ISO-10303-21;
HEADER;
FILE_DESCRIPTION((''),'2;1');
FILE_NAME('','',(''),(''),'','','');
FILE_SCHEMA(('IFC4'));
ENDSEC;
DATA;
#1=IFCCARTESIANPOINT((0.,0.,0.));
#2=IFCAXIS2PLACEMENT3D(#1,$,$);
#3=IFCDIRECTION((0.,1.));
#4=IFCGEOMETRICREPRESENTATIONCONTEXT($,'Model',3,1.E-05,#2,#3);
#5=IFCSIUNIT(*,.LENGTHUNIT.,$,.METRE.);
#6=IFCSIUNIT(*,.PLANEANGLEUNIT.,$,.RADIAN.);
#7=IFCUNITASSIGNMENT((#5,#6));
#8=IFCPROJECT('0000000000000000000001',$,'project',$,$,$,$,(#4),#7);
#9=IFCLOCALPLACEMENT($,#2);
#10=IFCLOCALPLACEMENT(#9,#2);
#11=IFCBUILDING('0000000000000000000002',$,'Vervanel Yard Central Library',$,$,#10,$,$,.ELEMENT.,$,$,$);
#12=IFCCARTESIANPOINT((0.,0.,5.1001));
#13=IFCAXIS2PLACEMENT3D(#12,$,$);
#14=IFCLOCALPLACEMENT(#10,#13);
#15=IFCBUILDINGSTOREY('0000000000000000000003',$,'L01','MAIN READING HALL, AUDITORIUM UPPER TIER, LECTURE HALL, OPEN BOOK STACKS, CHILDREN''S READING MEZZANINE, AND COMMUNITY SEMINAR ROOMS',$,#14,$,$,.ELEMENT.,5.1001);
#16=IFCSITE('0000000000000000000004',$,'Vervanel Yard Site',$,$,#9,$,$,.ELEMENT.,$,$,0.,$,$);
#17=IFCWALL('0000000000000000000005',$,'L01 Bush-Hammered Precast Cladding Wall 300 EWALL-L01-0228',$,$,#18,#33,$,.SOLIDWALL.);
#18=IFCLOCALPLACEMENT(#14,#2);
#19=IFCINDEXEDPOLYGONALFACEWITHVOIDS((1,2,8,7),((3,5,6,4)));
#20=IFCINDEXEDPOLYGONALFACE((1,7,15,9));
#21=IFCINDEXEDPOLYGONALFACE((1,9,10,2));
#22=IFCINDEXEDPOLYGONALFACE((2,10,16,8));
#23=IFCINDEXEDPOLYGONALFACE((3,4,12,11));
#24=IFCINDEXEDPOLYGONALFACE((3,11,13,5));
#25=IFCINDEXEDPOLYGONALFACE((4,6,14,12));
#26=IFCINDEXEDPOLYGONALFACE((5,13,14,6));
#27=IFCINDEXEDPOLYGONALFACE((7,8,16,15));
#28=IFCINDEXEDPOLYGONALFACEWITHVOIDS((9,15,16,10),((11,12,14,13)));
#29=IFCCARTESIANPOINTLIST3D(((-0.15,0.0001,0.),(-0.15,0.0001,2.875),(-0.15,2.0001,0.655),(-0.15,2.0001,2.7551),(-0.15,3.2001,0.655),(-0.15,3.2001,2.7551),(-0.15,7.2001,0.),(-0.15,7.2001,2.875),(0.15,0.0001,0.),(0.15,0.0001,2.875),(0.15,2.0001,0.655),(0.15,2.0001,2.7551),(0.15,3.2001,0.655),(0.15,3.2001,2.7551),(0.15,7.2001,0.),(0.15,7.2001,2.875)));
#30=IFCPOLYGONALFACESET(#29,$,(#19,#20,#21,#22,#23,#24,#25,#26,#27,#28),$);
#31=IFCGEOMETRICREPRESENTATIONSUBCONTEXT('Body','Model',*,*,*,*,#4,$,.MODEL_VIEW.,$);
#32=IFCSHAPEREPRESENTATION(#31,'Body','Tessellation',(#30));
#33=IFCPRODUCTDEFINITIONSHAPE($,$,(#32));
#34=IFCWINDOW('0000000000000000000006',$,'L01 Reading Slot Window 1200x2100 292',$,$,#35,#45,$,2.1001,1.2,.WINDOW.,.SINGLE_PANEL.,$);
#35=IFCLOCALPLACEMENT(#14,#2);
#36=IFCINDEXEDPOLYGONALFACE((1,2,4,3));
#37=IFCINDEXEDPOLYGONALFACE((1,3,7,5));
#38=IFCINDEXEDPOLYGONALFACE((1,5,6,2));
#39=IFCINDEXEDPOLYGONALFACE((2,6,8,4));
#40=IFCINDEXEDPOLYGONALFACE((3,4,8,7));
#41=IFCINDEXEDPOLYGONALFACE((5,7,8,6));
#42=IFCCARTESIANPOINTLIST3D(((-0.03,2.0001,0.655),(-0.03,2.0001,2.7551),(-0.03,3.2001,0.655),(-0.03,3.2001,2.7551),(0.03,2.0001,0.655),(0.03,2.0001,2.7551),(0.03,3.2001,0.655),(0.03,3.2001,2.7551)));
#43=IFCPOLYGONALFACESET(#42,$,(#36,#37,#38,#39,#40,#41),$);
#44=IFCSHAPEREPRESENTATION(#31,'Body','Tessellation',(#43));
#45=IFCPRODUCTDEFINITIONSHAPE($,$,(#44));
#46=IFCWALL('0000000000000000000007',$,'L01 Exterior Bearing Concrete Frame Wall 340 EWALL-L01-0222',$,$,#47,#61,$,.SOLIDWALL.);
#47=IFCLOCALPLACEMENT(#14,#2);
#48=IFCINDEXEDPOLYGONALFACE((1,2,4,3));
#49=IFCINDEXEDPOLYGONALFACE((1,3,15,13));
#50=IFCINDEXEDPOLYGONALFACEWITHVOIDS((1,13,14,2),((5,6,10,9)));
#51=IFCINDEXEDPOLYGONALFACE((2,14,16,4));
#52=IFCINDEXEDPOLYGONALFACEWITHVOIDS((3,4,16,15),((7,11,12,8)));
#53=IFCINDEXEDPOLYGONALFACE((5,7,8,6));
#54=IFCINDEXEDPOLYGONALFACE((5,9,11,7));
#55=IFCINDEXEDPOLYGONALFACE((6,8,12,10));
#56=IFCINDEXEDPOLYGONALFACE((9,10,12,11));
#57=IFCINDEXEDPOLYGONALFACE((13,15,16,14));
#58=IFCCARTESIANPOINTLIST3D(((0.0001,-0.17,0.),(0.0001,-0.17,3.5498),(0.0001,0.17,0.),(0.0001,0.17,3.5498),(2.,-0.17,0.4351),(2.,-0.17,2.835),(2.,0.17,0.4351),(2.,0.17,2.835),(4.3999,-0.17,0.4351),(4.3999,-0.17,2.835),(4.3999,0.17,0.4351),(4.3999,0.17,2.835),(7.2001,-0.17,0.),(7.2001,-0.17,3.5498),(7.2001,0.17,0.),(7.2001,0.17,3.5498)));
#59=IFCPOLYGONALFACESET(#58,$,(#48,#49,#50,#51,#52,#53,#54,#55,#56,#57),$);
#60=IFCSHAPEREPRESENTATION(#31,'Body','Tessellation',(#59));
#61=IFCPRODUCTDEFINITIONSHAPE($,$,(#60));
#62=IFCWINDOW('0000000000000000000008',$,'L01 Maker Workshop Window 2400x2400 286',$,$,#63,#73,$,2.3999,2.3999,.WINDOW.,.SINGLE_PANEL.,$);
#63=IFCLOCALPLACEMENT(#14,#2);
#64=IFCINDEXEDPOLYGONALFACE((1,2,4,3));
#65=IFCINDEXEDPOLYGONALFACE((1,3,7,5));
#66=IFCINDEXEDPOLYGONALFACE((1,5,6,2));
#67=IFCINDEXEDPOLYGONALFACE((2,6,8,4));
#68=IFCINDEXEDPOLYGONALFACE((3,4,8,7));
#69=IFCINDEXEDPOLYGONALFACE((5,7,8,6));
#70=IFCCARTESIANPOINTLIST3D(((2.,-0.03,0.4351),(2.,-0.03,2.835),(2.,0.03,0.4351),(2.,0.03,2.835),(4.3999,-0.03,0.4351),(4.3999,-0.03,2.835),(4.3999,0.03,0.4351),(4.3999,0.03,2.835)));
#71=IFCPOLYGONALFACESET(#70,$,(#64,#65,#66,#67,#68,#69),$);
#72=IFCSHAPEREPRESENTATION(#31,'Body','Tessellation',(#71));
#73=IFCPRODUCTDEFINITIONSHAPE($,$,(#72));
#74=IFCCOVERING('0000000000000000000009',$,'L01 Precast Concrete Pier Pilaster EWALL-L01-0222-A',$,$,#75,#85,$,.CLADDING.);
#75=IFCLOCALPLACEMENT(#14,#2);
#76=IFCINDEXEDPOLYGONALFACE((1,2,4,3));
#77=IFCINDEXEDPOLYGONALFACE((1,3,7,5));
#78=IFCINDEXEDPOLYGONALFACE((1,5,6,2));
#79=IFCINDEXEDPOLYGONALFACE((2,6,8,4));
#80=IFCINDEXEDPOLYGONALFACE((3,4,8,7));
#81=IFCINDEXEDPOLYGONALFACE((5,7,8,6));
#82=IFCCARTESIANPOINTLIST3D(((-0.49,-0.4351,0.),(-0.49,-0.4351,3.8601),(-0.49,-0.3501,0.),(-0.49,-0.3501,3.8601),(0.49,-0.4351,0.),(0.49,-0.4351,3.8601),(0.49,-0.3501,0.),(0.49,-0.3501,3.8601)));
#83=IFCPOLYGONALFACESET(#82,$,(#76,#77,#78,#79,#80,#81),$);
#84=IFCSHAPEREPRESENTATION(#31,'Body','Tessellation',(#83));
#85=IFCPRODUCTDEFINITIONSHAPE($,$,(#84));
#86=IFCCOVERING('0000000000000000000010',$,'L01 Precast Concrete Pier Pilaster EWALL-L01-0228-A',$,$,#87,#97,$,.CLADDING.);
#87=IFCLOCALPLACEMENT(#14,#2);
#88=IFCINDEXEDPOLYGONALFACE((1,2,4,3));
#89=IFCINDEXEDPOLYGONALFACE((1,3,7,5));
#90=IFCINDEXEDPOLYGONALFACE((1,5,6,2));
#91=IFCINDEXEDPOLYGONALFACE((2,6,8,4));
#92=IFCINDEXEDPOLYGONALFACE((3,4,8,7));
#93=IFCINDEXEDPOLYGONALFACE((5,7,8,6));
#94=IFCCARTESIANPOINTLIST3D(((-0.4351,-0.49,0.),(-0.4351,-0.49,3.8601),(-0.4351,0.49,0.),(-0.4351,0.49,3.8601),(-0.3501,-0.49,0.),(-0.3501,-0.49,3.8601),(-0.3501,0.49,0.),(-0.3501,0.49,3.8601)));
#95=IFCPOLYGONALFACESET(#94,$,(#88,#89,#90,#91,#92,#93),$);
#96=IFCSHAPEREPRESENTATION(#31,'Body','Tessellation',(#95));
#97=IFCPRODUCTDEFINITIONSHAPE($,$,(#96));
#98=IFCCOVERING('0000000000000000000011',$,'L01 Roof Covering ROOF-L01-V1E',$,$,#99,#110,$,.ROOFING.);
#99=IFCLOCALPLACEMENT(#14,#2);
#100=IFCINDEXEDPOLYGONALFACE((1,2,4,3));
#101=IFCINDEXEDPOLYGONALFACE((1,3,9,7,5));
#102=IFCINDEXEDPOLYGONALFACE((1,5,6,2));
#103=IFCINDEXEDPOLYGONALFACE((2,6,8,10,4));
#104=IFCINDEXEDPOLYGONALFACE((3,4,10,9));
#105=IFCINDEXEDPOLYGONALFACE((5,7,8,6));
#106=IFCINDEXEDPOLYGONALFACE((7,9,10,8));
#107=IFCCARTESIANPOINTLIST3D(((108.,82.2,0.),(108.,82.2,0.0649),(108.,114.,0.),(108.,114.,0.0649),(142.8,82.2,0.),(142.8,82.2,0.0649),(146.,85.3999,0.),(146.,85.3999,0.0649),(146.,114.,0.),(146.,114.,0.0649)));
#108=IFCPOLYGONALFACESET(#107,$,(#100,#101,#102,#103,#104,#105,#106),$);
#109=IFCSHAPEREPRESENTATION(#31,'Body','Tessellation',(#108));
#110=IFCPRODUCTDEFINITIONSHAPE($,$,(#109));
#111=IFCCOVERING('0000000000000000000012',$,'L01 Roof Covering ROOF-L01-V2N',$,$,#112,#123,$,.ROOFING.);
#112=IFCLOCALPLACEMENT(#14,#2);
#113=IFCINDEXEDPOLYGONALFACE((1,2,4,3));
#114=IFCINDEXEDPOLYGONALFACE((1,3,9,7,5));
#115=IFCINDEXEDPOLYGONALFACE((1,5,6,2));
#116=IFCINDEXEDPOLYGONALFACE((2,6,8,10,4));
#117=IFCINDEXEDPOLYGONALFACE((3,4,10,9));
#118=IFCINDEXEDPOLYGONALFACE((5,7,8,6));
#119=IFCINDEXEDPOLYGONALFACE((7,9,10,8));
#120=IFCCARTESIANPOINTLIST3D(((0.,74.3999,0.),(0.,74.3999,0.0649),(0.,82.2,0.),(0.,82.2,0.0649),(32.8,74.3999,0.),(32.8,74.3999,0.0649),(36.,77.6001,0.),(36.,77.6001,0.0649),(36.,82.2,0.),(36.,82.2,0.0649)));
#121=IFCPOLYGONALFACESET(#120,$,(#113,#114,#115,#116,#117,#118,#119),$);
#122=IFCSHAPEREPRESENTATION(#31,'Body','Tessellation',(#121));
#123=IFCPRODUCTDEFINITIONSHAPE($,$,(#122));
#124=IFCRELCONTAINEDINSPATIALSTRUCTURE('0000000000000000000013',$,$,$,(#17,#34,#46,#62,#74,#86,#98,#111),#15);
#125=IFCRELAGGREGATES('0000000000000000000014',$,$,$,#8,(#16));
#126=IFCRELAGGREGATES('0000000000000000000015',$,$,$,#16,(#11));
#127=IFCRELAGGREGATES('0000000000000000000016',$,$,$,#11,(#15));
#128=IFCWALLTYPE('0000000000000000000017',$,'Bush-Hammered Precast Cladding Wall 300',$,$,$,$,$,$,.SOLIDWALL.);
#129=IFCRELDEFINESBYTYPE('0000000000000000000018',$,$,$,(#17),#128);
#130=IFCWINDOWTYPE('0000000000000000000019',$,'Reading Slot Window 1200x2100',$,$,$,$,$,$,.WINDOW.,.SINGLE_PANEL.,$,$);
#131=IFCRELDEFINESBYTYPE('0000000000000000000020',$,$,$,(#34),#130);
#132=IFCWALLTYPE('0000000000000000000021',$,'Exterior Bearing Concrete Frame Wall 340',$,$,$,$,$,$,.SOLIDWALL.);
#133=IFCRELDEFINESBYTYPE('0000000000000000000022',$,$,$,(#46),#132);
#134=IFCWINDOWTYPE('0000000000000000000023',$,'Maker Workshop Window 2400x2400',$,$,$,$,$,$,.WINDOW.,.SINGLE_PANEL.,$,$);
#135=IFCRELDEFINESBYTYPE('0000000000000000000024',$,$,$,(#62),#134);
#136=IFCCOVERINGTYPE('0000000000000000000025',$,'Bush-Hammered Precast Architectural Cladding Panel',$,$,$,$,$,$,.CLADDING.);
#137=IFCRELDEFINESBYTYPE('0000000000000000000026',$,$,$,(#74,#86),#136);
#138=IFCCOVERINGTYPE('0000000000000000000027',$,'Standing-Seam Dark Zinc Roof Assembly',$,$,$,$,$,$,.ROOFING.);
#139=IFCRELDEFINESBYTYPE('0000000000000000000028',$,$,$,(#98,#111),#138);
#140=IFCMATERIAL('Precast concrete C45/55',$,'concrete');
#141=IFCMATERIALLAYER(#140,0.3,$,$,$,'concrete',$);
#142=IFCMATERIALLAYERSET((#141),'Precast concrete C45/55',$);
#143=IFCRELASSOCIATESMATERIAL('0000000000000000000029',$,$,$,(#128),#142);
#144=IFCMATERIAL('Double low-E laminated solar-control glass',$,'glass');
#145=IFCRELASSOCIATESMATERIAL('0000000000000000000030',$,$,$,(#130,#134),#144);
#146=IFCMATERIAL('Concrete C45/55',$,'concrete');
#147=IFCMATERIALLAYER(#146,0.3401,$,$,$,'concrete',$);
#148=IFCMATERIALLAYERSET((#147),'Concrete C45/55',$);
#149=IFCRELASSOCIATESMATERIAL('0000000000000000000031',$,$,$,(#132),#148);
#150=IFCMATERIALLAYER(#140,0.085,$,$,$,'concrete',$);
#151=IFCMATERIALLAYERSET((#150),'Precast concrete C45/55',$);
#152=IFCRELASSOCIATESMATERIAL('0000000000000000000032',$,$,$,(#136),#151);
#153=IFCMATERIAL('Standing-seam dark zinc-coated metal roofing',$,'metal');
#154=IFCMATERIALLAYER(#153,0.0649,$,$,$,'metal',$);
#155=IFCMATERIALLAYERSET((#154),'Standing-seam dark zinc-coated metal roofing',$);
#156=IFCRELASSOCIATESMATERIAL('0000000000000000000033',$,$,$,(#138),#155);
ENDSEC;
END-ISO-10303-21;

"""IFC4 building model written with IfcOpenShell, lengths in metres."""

from ifc_helpers import new_model, si_unit, direction, frame, frame_2d, origin, origin_with_axes, origin_2d, place, context, subcontext, project, spatial, polyline, rectangle, outline, extrude, material, layer, layer_set, type_object, element, fill, save


model = new_model("IFC4")

# Units and contexts
model_context = context("Model", 3, precision=1e-05, world=origin(), true_north=direction((0.0, 1.0)))
body_context = subcontext(model_context, "Body", "Model", "MODEL_VIEW")
ifc_project = project(units=[si_unit("LENGTHUNIT", "METRE"), si_unit("PLANEANGLEUNIT", "RADIAN")], contexts=[model_context])

# Site, building, storey
site_placement = place(None, origin())
site = spatial("IfcSite", under=ifc_project, at=site_placement, Name="Vervanel Yard Site", CompositionType="ELEMENT", RefElevation=0.0)
building_placement = place(site_placement, origin())
building = spatial("IfcBuilding", under=site, at=building_placement, Name="Vervanel Yard Central Library", CompositionType="ELEMENT")
storey_placement = place(building_placement, frame((0.0, 0.0, 5.1001)))
storey = spatial("IfcBuildingStorey", under=building, at=storey_placement, Name="L01", Description="MAIN READING HALL, AUDITORIUM UPPER TIER, LECTURE HALL, OPEN BOOK STACKS, CHILDREN'S READING MEZZANINE, AND COMMUNITY SEMINAR ROOMS", CompositionType="ELEMENT", Elevation=5.1001)

# Shared definitions
ifc_material_1 = material(Name="Concrete C45/55", Category="concrete")

# Shared definitions
ifc_material_2 = material(Name="Double low-E laminated solar-control glass", Category="glass")

# Walls, openings, windows
ifc_material_3 = material(Name="Precast concrete C45/55", Category="concrete")
ifc_layer_1 = layer(ifc_material_3, 0.3, Category="concrete")
ifc_layer_set_1 = layer_set([ifc_layer_1], Name="Precast concrete C45/55")
wall_type_1 = type_object("IfcWallType", Name="Bush-Hammered Precast Cladding Wall 300", PredefinedType="SOLIDWALL", material=ifc_layer_set_1)
wall_1_placement = place(storey_placement, frame((0.0, 0.0, 0.0), z_axis=(0.0, 0.0, 1.0), x_axis=(0.0, 1.0, 0.0)))
wall_1 = element("IfcWall", 1, at=wall_1_placement, inside=storey, type_object=wall_type_1, Name="L01 Bush-Hammered Precast Cladding Wall 300 EWALL-L01-0228", PredefinedType="SOLIDWALL", context=body_context, shape_type="SweptSolid", body=[
    extrude(rectangle(XDim=7.2, YDim=0.3, at=frame_2d((3.6001, 0.0))), origin(), (0.0, 0.0, 1.0), 2.875),
])
opening_1_placement = place(wall_1_placement, frame((2.0, 0.0, 0.655)))
opening_1 = element("IfcOpeningElement", 2, at=opening_1_placement, cuts=wall_1, PredefinedType="OPENING", context=body_context, shape_type="SweptSolid", body=[
    extrude(rectangle(XDim=1.2, YDim=2.1001, at=frame_2d((0.6001, 1.05))), frame((0.0, 0.1599, 0.0), z_axis=(0.0, -1.0, 0.0), x_axis=(1.0, 0.0, 0.0)), (0.0, 0.0, 1.0), 0.3201),
])
window_type_1 = type_object("IfcWindowType", Name="Reading Slot Window 1200x2100", PartitioningType="SINGLE_PANEL", PredefinedType="WINDOW", material=ifc_material_2)
window_1_placement = place(opening_1_placement, origin())
window_1 = element("IfcWindow", 3, at=window_1_placement, inside=storey, type_object=window_type_1, Name="L01 Reading Slot Window 1200x2100 292", OverallHeight=2.1001, OverallWidth=1.2, PartitioningType="SINGLE_PANEL", PredefinedType="WINDOW", context=body_context, shape_type="SweptSolid", body=[
    extrude(rectangle(XDim=1.2, YDim=2.1001, at=frame_2d((0.6001, 1.05))), frame((0.0, 0.03, 0.0), z_axis=(0.0, -1.0, 0.0), x_axis=(1.0, 0.0, 0.0)), (0.0, 0.0, 1.0), 0.0601),
])
fill(opening_1, window_1)
ifc_layer_2 = layer(ifc_material_1, 0.3401, Category="concrete")
ifc_layer_set_2 = layer_set([ifc_layer_2], Name="Concrete C45/55")
wall_type_2 = type_object("IfcWallType", Name="Exterior Bearing Concrete Frame Wall 340", PredefinedType="SOLIDWALL", material=ifc_layer_set_2)
wall_2_placement = place(storey_placement, origin_with_axes())
wall_2 = element("IfcWall", 4, at=wall_2_placement, inside=storey, type_object=wall_type_2, Name="L01 Exterior Bearing Concrete Frame Wall 340 EWALL-L01-0222", PredefinedType="SOLIDWALL", context=body_context, shape_type="SweptSolid", body=[
    extrude(rectangle(XDim=7.2, YDim=0.3401, at=frame_2d((3.6001, 0.0))), origin(), (0.0, 0.0, 1.0), 3.5498),
])
opening_2_placement = place(wall_2_placement, frame((2.0, 0.0, 0.4351)))
opening_2 = element("IfcOpeningElement", 5, at=opening_2_placement, cuts=wall_2, PredefinedType="OPENING", context=body_context, shape_type="SweptSolid", body=[
    extrude(rectangle(XDim=2.3999, YDim=2.3999, at=frame_2d((1.2, 1.2))), frame((0.0, 0.1799, 0.0), z_axis=(0.0, -1.0, 0.0), x_axis=(1.0, 0.0, 0.0)), (0.0, 0.0, 1.0), 0.3601),
])
window_type_2 = type_object("IfcWindowType", Name="Maker Workshop Window 2400x2400", PartitioningType="SINGLE_PANEL", PredefinedType="WINDOW", material=ifc_material_2)
window_2_placement = place(opening_2_placement, origin())
window_2 = element("IfcWindow", 6, at=window_2_placement, inside=storey, type_object=window_type_2, Name="L01 Maker Workshop Window 2400x2400 286", OverallHeight=2.3999, OverallWidth=2.3999, PartitioningType="SINGLE_PANEL", PredefinedType="WINDOW", context=body_context, shape_type="SweptSolid", body=[
    extrude(rectangle(XDim=2.3999, YDim=2.3999, at=frame_2d((1.2, 1.2))), frame((0.0, 0.03, 0.0), z_axis=(0.0, -1.0, 0.0), x_axis=(1.0, 0.0, 0.0)), (0.0, 0.0, 1.0), 0.0601),
])
fill(opening_2, window_2)

# Coverings
ifc_layer_3 = layer(ifc_material_3, 0.085, Category="concrete")
ifc_layer_set_3 = layer_set([ifc_layer_3], Name="Precast concrete C45/55")
covering_type_1 = type_object("IfcCoveringType", Name="Bush-Hammered Precast Architectural Cladding Panel", PredefinedType="CLADDING", material=ifc_layer_set_3)
for number, where, z_axis, x_axis, name in (
    (7, (0.0, -0.3926, 0.0), (0.0, 0.0, 1.0), (1.0, 0.0, 0.0), "L01 Precast Concrete Pier Pilaster EWALL-L01-0222-A"),
    (8, (-0.3926, 0.0, 0.0), (0.0, 0.0, 1.0), (0.0, 1.0, 0.0), "L01 Precast Concrete Pier Pilaster EWALL-L01-0228-A"),
):
    element("IfcCovering", number, at=place(storey_placement, frame(where, z_axis=z_axis, x_axis=x_axis)), inside=storey, type_object=covering_type_1, Name=name, PredefinedType="CLADDING", context=body_context, shape_type="SweptSolid", body=[
        extrude(rectangle(XDim=0.98, YDim=0.085, at=origin_2d()), origin(), (0.0, 0.0, 1.0), 3.8601),
    ])
ifc_material_4 = material(Name="Standing-seam dark zinc-coated metal roofing", Category="metal")
ifc_layer_4 = layer(ifc_material_4, 0.0649, Category="metal")
ifc_layer_set_4 = layer_set([ifc_layer_4], Name="Standing-seam dark zinc-coated metal roofing")
covering_type_2 = type_object("IfcCoveringType", Name="Standing-Seam Dark Zinc Roof Assembly", PredefinedType="ROOFING", material=ifc_layer_set_4)
covering_1_placement = place(storey_placement, origin())
element("IfcCovering", 9, at=covering_1_placement, inside=storey, type_object=covering_type_2, Name="L01 Roof Covering ROOF-L01-V1E", PredefinedType="ROOFING", context=body_context, shape_type="SweptSolid", body=[
    extrude(outline(polyline([(108.0, 82.2), (142.8, 82.2), (146.0, 85.3999), (146.0, 114.0), (108.0, 114.0), (108.0, 82.2)])), origin(), (0.0, 0.0, 1.0), 0.0649),
])
covering_2_placement = place(storey_placement, origin())
element("IfcCovering", 10, at=covering_2_placement, inside=storey, type_object=covering_type_2, Name="L01 Roof Covering ROOF-L01-V2N", PredefinedType="ROOFING", context=body_context, shape_type="SweptSolid", body=[
    extrude(outline(polyline([(0.0, 74.3999), (32.8, 74.3999), (36.0, 77.6001), (36.0, 82.2), (0.0, 82.2), (0.0, 74.3999)])), origin(), (0.0, 0.0, 1.0), 0.0649),
])

save(model, "model.ifc")
